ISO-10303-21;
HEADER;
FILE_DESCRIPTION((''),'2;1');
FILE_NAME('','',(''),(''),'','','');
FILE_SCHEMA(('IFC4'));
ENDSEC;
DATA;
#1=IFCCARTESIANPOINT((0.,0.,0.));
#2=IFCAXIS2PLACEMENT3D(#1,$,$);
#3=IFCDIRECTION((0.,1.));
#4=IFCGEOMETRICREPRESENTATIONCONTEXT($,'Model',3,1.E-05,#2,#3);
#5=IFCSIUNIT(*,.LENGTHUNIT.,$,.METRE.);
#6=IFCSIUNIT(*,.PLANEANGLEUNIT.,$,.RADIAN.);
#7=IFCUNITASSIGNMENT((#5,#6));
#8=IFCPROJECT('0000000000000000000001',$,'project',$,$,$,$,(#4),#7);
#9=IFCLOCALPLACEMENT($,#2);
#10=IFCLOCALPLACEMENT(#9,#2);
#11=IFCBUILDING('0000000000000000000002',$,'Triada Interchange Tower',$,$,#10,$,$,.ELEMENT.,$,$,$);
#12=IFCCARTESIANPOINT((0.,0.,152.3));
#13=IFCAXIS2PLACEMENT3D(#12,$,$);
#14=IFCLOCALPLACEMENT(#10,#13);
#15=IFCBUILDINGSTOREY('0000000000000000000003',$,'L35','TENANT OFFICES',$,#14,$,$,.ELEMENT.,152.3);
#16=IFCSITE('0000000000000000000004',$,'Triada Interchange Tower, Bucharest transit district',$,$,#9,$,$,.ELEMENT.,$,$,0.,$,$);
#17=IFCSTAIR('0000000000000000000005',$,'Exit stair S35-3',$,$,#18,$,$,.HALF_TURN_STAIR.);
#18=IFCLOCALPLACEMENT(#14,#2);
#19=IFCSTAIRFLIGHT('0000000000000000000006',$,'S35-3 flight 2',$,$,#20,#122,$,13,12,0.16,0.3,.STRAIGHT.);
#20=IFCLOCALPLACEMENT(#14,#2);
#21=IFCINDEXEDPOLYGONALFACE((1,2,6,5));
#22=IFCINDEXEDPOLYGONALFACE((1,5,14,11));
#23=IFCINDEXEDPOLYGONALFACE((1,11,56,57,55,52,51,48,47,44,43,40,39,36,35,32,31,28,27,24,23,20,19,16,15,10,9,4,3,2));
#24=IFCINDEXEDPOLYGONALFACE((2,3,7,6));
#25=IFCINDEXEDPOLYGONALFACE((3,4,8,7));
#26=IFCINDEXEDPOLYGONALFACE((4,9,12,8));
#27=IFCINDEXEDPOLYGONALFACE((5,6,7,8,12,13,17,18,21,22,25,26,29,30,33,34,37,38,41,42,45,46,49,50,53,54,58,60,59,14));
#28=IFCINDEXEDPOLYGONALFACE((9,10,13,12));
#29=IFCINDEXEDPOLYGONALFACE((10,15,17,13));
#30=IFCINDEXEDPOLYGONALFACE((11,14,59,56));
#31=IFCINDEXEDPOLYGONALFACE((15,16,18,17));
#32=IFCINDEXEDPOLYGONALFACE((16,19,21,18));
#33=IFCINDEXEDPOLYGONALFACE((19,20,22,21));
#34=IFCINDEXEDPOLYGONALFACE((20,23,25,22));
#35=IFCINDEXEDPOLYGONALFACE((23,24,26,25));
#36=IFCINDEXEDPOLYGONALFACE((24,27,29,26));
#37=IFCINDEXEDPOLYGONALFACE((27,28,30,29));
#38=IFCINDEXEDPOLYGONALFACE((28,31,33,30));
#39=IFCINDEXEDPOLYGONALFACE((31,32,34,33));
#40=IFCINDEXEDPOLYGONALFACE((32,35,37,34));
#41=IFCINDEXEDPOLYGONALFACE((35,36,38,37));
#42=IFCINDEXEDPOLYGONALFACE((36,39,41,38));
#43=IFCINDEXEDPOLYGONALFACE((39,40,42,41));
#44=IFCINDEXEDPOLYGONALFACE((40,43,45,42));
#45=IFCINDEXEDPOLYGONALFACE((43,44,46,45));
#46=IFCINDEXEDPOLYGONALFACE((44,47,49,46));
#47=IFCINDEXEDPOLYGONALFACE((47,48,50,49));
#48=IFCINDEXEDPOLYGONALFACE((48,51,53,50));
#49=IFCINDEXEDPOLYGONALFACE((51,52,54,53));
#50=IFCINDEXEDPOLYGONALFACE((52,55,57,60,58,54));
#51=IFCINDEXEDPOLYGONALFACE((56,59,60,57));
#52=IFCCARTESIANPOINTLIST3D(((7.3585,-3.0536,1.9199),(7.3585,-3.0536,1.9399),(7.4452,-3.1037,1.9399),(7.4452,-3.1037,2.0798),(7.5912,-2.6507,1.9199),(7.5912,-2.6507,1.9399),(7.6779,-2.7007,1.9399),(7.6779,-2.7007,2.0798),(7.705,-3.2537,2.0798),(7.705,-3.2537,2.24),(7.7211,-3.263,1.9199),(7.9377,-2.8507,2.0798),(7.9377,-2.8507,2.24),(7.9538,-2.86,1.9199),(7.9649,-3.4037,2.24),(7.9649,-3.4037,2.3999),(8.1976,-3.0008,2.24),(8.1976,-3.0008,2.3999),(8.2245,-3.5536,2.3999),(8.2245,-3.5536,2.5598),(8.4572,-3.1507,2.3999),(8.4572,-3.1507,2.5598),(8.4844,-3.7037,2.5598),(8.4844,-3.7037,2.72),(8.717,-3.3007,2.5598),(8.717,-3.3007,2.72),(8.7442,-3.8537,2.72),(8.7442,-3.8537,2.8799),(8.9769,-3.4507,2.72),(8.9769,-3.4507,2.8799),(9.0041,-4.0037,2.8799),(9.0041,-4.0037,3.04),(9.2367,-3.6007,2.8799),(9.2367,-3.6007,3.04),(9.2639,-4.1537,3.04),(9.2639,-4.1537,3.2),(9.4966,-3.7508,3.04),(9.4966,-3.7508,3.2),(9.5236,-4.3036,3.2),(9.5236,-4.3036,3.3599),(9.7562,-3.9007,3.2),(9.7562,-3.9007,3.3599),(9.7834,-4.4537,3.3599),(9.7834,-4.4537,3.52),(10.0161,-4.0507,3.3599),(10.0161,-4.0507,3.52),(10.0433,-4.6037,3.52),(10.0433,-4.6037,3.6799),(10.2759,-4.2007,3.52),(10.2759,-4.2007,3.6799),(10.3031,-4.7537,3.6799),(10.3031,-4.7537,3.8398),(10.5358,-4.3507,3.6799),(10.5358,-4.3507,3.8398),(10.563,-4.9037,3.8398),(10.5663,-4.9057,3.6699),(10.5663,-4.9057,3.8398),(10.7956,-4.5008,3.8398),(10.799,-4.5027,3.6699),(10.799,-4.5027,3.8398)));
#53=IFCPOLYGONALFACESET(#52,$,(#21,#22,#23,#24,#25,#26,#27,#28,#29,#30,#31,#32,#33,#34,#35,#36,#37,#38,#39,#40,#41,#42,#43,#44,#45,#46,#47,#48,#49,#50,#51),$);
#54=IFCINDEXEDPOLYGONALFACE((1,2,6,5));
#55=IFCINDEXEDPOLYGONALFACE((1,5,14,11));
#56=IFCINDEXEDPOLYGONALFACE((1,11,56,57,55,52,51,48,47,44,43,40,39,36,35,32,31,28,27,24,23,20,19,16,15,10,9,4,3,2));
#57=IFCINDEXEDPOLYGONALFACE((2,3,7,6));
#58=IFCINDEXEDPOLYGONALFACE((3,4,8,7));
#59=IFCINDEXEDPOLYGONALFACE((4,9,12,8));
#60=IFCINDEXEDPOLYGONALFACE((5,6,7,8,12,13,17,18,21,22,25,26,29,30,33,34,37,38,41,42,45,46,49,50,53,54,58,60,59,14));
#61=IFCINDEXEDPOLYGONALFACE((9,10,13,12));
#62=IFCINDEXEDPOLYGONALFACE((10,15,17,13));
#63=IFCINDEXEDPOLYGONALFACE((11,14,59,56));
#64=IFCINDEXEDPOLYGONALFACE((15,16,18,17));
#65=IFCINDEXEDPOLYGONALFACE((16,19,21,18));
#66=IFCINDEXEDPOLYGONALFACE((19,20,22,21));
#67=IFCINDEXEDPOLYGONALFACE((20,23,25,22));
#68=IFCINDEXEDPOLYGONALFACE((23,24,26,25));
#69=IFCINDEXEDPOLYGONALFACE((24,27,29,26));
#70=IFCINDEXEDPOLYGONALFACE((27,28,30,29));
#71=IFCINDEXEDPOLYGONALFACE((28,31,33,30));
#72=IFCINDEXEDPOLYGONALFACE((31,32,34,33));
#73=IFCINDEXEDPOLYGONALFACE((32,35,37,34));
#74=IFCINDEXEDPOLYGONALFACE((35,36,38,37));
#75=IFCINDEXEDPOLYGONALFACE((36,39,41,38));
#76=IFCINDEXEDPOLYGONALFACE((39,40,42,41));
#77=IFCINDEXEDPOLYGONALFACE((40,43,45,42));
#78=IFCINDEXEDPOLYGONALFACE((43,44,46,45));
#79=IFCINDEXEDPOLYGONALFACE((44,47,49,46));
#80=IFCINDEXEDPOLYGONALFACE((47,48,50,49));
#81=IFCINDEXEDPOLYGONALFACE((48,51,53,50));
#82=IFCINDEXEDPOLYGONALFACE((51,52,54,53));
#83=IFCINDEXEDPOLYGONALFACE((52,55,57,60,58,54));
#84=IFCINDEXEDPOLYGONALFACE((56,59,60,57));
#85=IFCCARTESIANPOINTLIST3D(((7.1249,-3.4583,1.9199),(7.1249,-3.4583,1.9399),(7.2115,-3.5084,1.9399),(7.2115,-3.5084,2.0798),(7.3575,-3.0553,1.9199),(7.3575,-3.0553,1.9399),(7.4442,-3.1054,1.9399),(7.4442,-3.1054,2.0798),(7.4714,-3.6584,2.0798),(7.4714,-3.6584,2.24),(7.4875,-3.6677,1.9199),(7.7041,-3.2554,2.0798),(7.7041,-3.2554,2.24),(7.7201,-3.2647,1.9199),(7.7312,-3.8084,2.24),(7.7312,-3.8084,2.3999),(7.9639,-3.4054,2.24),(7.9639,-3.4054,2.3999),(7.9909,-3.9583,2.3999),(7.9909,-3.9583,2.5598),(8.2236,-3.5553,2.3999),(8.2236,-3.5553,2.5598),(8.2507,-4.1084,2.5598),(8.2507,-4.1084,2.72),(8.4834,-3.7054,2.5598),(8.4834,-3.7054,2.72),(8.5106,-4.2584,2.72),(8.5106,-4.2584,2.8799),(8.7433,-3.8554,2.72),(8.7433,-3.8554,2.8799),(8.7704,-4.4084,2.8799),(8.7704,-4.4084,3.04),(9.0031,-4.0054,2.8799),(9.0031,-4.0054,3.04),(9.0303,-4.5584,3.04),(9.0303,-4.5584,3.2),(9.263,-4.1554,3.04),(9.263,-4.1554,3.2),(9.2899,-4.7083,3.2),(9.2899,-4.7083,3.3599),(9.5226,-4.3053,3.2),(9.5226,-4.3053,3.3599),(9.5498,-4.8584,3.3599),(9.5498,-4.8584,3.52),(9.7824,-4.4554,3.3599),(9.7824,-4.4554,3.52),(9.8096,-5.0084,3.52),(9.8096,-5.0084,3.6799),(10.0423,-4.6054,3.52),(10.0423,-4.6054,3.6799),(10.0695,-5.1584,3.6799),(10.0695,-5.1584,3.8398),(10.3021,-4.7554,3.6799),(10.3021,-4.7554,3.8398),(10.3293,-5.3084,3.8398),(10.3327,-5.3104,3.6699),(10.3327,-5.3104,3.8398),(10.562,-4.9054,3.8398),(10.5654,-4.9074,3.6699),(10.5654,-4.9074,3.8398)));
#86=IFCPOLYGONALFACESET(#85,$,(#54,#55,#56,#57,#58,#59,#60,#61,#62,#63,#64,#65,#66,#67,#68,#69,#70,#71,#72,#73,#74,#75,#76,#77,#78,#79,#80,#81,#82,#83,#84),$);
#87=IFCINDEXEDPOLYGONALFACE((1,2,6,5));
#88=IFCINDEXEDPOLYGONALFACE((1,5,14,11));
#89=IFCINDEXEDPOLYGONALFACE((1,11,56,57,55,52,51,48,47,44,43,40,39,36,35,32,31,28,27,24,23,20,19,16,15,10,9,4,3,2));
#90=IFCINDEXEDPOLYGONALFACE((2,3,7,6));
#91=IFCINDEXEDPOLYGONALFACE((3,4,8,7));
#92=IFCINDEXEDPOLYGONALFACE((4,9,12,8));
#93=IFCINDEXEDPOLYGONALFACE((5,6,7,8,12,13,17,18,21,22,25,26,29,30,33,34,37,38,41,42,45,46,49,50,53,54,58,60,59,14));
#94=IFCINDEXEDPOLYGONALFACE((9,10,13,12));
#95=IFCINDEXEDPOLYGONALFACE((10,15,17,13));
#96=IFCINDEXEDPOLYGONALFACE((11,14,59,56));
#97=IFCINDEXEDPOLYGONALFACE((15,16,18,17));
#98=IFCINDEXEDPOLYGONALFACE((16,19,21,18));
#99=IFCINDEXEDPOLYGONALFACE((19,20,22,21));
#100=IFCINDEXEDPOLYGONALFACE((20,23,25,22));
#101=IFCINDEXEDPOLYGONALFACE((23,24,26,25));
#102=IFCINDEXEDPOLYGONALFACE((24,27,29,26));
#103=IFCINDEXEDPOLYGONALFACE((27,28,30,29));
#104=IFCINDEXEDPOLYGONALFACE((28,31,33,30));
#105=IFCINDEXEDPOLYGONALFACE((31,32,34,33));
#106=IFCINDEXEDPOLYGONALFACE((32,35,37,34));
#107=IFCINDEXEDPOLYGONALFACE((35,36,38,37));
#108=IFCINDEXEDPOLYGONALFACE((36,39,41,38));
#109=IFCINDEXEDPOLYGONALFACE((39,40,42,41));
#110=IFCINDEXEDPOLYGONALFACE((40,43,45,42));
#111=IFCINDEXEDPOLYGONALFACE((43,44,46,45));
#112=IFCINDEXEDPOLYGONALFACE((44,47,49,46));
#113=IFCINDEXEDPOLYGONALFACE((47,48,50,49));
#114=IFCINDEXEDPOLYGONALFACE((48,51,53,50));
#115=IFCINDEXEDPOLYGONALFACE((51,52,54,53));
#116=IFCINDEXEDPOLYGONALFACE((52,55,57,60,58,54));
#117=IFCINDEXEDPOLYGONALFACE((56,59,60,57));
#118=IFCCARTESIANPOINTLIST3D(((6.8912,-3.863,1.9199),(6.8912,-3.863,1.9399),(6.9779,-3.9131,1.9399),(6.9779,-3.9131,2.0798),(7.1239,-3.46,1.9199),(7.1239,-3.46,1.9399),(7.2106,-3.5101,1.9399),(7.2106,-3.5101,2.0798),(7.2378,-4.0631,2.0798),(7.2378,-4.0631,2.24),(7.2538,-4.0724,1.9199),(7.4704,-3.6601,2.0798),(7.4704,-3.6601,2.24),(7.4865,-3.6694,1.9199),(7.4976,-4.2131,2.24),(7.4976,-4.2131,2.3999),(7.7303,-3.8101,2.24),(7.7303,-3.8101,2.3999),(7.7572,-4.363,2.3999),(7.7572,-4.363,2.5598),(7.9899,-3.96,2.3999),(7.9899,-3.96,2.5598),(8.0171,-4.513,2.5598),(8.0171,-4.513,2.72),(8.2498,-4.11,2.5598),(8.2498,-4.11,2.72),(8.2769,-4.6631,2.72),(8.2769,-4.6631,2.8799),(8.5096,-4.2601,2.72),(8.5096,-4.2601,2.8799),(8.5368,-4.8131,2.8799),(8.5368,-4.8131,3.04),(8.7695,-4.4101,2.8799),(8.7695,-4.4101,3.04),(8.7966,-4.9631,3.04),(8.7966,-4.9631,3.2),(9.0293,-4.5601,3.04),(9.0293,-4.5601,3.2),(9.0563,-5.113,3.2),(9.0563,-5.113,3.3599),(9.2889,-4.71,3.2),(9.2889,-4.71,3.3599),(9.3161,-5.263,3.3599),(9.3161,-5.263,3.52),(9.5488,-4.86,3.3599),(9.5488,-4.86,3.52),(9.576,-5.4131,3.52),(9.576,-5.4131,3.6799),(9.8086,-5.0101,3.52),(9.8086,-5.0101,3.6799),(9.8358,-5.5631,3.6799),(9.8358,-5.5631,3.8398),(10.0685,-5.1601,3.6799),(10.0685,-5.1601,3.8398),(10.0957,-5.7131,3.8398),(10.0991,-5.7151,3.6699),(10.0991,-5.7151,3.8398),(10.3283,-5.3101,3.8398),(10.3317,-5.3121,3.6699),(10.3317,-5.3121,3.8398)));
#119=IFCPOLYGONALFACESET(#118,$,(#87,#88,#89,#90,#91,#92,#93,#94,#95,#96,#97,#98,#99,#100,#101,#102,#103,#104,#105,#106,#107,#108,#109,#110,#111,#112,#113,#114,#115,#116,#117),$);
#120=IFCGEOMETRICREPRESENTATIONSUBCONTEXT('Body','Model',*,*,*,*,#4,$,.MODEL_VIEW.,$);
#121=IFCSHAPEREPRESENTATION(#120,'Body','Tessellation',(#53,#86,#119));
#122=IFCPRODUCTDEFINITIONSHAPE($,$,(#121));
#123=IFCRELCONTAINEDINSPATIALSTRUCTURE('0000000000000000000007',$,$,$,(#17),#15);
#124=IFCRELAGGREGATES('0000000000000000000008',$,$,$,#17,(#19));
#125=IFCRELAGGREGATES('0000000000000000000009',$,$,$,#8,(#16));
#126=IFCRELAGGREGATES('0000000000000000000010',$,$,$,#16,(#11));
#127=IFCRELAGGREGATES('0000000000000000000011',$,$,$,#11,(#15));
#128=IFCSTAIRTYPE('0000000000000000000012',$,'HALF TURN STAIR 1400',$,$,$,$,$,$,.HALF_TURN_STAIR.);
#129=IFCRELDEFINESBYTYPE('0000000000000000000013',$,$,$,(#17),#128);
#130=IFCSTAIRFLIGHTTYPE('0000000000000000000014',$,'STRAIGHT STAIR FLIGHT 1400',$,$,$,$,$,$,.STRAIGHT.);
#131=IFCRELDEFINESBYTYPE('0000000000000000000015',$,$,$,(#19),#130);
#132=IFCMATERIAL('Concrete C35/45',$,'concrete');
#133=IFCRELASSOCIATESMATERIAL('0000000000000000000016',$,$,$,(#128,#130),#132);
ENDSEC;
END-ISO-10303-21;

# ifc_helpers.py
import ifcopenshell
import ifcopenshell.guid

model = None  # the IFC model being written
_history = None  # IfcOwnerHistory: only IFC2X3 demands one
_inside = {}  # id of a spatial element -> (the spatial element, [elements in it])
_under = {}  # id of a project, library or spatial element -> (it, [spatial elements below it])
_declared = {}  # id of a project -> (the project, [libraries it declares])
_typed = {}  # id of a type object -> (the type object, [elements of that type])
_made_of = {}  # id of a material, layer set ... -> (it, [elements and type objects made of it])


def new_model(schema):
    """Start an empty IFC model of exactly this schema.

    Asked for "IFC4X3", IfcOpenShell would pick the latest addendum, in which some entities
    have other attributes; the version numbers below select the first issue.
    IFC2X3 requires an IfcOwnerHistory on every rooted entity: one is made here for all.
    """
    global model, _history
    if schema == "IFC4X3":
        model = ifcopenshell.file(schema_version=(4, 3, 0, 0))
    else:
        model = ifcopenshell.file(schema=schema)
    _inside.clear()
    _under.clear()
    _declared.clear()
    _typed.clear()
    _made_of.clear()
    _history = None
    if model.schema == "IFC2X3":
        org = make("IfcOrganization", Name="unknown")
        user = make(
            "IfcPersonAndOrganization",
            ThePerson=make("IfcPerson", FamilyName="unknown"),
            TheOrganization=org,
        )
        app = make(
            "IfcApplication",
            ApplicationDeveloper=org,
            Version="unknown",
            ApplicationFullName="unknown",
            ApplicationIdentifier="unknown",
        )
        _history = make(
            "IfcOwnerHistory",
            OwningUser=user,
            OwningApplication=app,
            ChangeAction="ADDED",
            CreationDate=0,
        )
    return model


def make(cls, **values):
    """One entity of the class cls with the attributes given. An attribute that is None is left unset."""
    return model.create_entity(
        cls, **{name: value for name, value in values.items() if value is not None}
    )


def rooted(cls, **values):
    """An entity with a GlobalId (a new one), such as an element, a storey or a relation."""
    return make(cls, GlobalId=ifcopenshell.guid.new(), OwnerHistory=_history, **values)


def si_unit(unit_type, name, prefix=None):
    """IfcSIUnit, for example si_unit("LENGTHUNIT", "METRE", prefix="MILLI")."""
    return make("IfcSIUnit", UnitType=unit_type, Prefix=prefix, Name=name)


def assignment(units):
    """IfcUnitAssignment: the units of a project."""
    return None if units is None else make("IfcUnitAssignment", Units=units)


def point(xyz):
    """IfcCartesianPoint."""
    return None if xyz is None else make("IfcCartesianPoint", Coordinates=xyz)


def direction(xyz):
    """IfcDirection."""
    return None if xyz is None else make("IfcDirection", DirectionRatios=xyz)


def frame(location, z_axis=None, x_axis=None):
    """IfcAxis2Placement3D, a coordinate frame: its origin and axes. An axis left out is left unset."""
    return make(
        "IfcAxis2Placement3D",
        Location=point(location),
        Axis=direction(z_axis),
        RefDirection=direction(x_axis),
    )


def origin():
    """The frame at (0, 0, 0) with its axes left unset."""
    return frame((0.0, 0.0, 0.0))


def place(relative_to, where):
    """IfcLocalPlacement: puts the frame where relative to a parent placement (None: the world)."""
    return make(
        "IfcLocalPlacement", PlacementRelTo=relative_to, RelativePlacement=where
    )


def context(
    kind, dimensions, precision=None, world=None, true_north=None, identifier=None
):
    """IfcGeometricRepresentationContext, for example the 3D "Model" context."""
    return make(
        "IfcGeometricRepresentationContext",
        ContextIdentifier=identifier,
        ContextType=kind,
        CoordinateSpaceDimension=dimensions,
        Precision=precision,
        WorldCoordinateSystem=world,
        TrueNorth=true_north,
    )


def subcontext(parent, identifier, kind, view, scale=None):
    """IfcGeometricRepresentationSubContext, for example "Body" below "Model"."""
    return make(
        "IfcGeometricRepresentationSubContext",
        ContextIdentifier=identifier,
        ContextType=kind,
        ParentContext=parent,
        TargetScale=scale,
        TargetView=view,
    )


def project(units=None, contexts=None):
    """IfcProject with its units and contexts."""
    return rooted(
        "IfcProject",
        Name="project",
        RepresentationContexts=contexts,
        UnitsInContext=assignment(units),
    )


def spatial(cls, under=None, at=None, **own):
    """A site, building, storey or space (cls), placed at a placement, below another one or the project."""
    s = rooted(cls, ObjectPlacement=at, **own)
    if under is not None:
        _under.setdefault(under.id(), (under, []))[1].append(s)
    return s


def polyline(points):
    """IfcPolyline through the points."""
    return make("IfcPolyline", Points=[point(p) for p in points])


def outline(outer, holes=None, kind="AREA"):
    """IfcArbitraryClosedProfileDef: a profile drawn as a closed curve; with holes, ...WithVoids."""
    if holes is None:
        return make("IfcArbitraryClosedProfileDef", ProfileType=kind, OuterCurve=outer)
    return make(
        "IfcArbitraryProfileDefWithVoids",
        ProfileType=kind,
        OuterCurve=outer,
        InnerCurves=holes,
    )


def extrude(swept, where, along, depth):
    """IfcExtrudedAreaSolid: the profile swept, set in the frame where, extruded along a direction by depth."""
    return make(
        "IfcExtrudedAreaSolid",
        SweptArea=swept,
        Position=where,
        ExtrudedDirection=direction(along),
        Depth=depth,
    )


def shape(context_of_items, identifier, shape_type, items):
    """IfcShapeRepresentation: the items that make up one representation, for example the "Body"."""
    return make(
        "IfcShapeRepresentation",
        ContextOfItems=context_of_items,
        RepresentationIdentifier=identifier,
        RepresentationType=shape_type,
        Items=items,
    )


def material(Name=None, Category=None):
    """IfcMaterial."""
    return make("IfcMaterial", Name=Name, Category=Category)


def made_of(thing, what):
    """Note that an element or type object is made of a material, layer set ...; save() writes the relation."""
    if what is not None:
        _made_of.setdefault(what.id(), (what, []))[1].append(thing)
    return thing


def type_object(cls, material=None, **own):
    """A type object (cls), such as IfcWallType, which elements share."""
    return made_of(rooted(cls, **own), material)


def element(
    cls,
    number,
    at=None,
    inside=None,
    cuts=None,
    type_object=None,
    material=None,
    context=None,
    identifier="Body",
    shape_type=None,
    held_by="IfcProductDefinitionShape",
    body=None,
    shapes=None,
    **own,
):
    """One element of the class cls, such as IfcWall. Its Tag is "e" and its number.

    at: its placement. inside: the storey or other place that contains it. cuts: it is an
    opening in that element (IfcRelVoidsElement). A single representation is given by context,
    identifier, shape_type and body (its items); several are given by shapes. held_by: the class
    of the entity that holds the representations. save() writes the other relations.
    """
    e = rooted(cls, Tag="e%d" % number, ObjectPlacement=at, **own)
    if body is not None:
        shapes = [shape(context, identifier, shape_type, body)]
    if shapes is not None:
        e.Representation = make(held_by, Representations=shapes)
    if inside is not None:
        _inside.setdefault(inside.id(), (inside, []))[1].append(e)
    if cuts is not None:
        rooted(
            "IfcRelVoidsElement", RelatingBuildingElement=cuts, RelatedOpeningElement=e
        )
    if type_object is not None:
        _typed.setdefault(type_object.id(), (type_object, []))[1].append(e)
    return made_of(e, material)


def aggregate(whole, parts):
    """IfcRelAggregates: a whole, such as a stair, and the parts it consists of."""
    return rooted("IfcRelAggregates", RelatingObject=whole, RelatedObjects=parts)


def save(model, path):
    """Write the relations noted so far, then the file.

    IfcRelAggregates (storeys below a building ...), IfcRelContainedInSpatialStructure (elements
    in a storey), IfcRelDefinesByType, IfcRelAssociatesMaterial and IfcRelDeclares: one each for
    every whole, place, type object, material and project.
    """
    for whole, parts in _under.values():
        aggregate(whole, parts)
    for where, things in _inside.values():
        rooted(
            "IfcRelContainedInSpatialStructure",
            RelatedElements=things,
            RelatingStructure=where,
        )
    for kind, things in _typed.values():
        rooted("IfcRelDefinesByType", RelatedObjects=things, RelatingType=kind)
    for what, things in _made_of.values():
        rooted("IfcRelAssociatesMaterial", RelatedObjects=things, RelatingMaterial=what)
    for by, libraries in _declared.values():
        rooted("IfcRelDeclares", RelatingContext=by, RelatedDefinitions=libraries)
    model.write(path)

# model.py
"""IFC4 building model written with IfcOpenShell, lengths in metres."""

from ifc_helpers import new_model, si_unit, direction, frame, origin, place, context, subcontext, project, spatial, polyline, outline, extrude, material, type_object, element, aggregate, save


model = new_model("IFC4")

# Units and contexts
model_context = context("Model", 3, precision=1e-05, world=origin(), true_north=direction((0.0, 1.0)))
body_context = subcontext(model_context, "Body", "Model", "MODEL_VIEW")
ifc_project = project(units=[si_unit("LENGTHUNIT", "METRE"), si_unit("PLANEANGLEUNIT", "RADIAN")], contexts=[model_context])

# Site, building, storey
site_placement = place(None, origin())
site = spatial("IfcSite", under=ifc_project, at=site_placement, Name="Triada Interchange Tower, Bucharest transit district", CompositionType="ELEMENT", RefElevation=0.0)
building_placement = place(site_placement, origin())
building = spatial("IfcBuilding", under=site, at=building_placement, Name="Triada Interchange Tower", CompositionType="ELEMENT")
storey_placement = place(building_placement, frame((0.0, 0.0, 152.3)))
storey = spatial("IfcBuildingStorey", under=building, at=storey_placement, Name="L35", Description="TENANT OFFICES", CompositionType="ELEMENT", Elevation=152.3)

# Stair, stair flight
ifc_material_1 = material(Name="Concrete C35/45", Category="concrete")
stair_type = type_object("IfcStairType", Name="HALF TURN STAIR 1400", PredefinedType="HALF_TURN_STAIR", material=ifc_material_1)
stair_placement = place(storey_placement, origin())
stair = element("IfcStair", 1, at=stair_placement, inside=storey, type_object=stair_type, Name="Exit stair S35-3", PredefinedType="HALF_TURN_STAIR")
stair_flight_type = type_object("IfcStairFlightType", Name="STRAIGHT STAIR FLIGHT 1400", PredefinedType="STRAIGHT", material=ifc_material_1)
stair_flight_1_placement = place(storey_placement, frame((7.3279, -3.3069, 1.9199), z_axis=(0.0, 0.0, 1.0), x_axis=(0.866025, -0.5, 0.0)))
stair_flight_1 = element("IfcStairFlight", 2, at=stair_flight_1_placement, type_object=stair_flight_type, Name="S35-3 flight 2", NumberOfRisers=13, NumberOfTreads=12, PredefinedType="STRAIGHT", RiserHeight=0.16, TreadLength=0.3, context=body_context, shape_type="SweptSolid", body=[
    extrude(outline(polyline([(-0.1001, 0.0), (-0.1001, 0.02), (0.0, 0.02), (0.0, 0.1599), (0.3, 0.1599), (0.3, 0.3201), (0.6001, 0.3201), (0.6001, 0.48), (0.8999, 0.48), (0.8999, 0.6399), (1.2, 0.6399), (1.2, 0.8), (1.5, 0.8), (1.5, 0.96), (1.8, 0.96), (1.8, 1.1201), (2.1001, 1.1201), (2.1001, 1.28), (2.3999, 1.28), (2.3999, 1.4399), (2.7, 1.4399), (2.7, 1.6001), (3.0, 1.6001), (3.0, 1.76), (3.3, 1.76), (3.3, 1.9199), (3.6001, 1.9199), (3.604, 1.9199), (3.604, 2.0801), (3.604, 1.75), (0.3186, 0.0), (-0.1001, 0.0)])), frame((0.0, 0.7, 0.0), z_axis=(0.0, -1.0, 0.0), x_axis=(1.0, 0.0, 0.0)), (0.0, 0.0, 1.0), 0.4653),
    extrude(outline(polyline([(-0.1001, 0.0), (-0.1001, 0.02), (0.0, 0.02), (0.0, 0.1599), (0.3, 0.1599), (0.3, 0.3201), (0.6001, 0.3201), (0.6001, 0.48), (0.8999, 0.48), (0.8999, 0.6399), (1.2, 0.6399), (1.2, 0.8), (1.5, 0.8), (1.5, 0.96), (1.8, 0.96), (1.8, 1.1201), (2.1001, 1.1201), (2.1001, 1.28), (2.3999, 1.28), (2.3999, 1.4399), (2.7, 1.4399), (2.7, 1.6001), (3.0, 1.6001), (3.0, 1.76), (3.3, 1.76), (3.3, 1.9199), (3.6001, 1.9199), (3.604, 1.9199), (3.604, 2.0801), (3.604, 1.75), (0.3186, 0.0), (-0.1001, 0.0)])), frame((0.0, 0.2327, 0.0), z_axis=(0.0, -1.0, 0.0), x_axis=(1.0, 0.0, 0.0)), (0.0, 0.0, 1.0), 0.4653),
    extrude(outline(polyline([(-0.1001, 0.0), (-0.1001, 0.02), (0.0, 0.02), (0.0, 0.1599), (0.3, 0.1599), (0.3, 0.3201), (0.6001, 0.3201), (0.6001, 0.48), (0.8999, 0.48), (0.8999, 0.6399), (1.2, 0.6399), (1.2, 0.8), (1.5, 0.8), (1.5, 0.96), (1.8, 0.96), (1.8, 1.1201), (2.1001, 1.1201), (2.1001, 1.28), (2.3999, 1.28), (2.3999, 1.4399), (2.7, 1.4399), (2.7, 1.6001), (3.0, 1.6001), (3.0, 1.76), (3.3, 1.76), (3.3, 1.9199), (3.6001, 1.9199), (3.604, 1.9199), (3.604, 2.0801), (3.604, 1.75), (0.3186, 0.0), (-0.1001, 0.0)])), frame((0.0, -0.2346, 0.0), z_axis=(0.0, -1.0, 0.0), x_axis=(1.0, 0.0, 0.0)), (0.0, 0.0, 1.0), 0.4653),
])
aggregate(stair, [stair_flight_1])

save(model, "model.ifc")
